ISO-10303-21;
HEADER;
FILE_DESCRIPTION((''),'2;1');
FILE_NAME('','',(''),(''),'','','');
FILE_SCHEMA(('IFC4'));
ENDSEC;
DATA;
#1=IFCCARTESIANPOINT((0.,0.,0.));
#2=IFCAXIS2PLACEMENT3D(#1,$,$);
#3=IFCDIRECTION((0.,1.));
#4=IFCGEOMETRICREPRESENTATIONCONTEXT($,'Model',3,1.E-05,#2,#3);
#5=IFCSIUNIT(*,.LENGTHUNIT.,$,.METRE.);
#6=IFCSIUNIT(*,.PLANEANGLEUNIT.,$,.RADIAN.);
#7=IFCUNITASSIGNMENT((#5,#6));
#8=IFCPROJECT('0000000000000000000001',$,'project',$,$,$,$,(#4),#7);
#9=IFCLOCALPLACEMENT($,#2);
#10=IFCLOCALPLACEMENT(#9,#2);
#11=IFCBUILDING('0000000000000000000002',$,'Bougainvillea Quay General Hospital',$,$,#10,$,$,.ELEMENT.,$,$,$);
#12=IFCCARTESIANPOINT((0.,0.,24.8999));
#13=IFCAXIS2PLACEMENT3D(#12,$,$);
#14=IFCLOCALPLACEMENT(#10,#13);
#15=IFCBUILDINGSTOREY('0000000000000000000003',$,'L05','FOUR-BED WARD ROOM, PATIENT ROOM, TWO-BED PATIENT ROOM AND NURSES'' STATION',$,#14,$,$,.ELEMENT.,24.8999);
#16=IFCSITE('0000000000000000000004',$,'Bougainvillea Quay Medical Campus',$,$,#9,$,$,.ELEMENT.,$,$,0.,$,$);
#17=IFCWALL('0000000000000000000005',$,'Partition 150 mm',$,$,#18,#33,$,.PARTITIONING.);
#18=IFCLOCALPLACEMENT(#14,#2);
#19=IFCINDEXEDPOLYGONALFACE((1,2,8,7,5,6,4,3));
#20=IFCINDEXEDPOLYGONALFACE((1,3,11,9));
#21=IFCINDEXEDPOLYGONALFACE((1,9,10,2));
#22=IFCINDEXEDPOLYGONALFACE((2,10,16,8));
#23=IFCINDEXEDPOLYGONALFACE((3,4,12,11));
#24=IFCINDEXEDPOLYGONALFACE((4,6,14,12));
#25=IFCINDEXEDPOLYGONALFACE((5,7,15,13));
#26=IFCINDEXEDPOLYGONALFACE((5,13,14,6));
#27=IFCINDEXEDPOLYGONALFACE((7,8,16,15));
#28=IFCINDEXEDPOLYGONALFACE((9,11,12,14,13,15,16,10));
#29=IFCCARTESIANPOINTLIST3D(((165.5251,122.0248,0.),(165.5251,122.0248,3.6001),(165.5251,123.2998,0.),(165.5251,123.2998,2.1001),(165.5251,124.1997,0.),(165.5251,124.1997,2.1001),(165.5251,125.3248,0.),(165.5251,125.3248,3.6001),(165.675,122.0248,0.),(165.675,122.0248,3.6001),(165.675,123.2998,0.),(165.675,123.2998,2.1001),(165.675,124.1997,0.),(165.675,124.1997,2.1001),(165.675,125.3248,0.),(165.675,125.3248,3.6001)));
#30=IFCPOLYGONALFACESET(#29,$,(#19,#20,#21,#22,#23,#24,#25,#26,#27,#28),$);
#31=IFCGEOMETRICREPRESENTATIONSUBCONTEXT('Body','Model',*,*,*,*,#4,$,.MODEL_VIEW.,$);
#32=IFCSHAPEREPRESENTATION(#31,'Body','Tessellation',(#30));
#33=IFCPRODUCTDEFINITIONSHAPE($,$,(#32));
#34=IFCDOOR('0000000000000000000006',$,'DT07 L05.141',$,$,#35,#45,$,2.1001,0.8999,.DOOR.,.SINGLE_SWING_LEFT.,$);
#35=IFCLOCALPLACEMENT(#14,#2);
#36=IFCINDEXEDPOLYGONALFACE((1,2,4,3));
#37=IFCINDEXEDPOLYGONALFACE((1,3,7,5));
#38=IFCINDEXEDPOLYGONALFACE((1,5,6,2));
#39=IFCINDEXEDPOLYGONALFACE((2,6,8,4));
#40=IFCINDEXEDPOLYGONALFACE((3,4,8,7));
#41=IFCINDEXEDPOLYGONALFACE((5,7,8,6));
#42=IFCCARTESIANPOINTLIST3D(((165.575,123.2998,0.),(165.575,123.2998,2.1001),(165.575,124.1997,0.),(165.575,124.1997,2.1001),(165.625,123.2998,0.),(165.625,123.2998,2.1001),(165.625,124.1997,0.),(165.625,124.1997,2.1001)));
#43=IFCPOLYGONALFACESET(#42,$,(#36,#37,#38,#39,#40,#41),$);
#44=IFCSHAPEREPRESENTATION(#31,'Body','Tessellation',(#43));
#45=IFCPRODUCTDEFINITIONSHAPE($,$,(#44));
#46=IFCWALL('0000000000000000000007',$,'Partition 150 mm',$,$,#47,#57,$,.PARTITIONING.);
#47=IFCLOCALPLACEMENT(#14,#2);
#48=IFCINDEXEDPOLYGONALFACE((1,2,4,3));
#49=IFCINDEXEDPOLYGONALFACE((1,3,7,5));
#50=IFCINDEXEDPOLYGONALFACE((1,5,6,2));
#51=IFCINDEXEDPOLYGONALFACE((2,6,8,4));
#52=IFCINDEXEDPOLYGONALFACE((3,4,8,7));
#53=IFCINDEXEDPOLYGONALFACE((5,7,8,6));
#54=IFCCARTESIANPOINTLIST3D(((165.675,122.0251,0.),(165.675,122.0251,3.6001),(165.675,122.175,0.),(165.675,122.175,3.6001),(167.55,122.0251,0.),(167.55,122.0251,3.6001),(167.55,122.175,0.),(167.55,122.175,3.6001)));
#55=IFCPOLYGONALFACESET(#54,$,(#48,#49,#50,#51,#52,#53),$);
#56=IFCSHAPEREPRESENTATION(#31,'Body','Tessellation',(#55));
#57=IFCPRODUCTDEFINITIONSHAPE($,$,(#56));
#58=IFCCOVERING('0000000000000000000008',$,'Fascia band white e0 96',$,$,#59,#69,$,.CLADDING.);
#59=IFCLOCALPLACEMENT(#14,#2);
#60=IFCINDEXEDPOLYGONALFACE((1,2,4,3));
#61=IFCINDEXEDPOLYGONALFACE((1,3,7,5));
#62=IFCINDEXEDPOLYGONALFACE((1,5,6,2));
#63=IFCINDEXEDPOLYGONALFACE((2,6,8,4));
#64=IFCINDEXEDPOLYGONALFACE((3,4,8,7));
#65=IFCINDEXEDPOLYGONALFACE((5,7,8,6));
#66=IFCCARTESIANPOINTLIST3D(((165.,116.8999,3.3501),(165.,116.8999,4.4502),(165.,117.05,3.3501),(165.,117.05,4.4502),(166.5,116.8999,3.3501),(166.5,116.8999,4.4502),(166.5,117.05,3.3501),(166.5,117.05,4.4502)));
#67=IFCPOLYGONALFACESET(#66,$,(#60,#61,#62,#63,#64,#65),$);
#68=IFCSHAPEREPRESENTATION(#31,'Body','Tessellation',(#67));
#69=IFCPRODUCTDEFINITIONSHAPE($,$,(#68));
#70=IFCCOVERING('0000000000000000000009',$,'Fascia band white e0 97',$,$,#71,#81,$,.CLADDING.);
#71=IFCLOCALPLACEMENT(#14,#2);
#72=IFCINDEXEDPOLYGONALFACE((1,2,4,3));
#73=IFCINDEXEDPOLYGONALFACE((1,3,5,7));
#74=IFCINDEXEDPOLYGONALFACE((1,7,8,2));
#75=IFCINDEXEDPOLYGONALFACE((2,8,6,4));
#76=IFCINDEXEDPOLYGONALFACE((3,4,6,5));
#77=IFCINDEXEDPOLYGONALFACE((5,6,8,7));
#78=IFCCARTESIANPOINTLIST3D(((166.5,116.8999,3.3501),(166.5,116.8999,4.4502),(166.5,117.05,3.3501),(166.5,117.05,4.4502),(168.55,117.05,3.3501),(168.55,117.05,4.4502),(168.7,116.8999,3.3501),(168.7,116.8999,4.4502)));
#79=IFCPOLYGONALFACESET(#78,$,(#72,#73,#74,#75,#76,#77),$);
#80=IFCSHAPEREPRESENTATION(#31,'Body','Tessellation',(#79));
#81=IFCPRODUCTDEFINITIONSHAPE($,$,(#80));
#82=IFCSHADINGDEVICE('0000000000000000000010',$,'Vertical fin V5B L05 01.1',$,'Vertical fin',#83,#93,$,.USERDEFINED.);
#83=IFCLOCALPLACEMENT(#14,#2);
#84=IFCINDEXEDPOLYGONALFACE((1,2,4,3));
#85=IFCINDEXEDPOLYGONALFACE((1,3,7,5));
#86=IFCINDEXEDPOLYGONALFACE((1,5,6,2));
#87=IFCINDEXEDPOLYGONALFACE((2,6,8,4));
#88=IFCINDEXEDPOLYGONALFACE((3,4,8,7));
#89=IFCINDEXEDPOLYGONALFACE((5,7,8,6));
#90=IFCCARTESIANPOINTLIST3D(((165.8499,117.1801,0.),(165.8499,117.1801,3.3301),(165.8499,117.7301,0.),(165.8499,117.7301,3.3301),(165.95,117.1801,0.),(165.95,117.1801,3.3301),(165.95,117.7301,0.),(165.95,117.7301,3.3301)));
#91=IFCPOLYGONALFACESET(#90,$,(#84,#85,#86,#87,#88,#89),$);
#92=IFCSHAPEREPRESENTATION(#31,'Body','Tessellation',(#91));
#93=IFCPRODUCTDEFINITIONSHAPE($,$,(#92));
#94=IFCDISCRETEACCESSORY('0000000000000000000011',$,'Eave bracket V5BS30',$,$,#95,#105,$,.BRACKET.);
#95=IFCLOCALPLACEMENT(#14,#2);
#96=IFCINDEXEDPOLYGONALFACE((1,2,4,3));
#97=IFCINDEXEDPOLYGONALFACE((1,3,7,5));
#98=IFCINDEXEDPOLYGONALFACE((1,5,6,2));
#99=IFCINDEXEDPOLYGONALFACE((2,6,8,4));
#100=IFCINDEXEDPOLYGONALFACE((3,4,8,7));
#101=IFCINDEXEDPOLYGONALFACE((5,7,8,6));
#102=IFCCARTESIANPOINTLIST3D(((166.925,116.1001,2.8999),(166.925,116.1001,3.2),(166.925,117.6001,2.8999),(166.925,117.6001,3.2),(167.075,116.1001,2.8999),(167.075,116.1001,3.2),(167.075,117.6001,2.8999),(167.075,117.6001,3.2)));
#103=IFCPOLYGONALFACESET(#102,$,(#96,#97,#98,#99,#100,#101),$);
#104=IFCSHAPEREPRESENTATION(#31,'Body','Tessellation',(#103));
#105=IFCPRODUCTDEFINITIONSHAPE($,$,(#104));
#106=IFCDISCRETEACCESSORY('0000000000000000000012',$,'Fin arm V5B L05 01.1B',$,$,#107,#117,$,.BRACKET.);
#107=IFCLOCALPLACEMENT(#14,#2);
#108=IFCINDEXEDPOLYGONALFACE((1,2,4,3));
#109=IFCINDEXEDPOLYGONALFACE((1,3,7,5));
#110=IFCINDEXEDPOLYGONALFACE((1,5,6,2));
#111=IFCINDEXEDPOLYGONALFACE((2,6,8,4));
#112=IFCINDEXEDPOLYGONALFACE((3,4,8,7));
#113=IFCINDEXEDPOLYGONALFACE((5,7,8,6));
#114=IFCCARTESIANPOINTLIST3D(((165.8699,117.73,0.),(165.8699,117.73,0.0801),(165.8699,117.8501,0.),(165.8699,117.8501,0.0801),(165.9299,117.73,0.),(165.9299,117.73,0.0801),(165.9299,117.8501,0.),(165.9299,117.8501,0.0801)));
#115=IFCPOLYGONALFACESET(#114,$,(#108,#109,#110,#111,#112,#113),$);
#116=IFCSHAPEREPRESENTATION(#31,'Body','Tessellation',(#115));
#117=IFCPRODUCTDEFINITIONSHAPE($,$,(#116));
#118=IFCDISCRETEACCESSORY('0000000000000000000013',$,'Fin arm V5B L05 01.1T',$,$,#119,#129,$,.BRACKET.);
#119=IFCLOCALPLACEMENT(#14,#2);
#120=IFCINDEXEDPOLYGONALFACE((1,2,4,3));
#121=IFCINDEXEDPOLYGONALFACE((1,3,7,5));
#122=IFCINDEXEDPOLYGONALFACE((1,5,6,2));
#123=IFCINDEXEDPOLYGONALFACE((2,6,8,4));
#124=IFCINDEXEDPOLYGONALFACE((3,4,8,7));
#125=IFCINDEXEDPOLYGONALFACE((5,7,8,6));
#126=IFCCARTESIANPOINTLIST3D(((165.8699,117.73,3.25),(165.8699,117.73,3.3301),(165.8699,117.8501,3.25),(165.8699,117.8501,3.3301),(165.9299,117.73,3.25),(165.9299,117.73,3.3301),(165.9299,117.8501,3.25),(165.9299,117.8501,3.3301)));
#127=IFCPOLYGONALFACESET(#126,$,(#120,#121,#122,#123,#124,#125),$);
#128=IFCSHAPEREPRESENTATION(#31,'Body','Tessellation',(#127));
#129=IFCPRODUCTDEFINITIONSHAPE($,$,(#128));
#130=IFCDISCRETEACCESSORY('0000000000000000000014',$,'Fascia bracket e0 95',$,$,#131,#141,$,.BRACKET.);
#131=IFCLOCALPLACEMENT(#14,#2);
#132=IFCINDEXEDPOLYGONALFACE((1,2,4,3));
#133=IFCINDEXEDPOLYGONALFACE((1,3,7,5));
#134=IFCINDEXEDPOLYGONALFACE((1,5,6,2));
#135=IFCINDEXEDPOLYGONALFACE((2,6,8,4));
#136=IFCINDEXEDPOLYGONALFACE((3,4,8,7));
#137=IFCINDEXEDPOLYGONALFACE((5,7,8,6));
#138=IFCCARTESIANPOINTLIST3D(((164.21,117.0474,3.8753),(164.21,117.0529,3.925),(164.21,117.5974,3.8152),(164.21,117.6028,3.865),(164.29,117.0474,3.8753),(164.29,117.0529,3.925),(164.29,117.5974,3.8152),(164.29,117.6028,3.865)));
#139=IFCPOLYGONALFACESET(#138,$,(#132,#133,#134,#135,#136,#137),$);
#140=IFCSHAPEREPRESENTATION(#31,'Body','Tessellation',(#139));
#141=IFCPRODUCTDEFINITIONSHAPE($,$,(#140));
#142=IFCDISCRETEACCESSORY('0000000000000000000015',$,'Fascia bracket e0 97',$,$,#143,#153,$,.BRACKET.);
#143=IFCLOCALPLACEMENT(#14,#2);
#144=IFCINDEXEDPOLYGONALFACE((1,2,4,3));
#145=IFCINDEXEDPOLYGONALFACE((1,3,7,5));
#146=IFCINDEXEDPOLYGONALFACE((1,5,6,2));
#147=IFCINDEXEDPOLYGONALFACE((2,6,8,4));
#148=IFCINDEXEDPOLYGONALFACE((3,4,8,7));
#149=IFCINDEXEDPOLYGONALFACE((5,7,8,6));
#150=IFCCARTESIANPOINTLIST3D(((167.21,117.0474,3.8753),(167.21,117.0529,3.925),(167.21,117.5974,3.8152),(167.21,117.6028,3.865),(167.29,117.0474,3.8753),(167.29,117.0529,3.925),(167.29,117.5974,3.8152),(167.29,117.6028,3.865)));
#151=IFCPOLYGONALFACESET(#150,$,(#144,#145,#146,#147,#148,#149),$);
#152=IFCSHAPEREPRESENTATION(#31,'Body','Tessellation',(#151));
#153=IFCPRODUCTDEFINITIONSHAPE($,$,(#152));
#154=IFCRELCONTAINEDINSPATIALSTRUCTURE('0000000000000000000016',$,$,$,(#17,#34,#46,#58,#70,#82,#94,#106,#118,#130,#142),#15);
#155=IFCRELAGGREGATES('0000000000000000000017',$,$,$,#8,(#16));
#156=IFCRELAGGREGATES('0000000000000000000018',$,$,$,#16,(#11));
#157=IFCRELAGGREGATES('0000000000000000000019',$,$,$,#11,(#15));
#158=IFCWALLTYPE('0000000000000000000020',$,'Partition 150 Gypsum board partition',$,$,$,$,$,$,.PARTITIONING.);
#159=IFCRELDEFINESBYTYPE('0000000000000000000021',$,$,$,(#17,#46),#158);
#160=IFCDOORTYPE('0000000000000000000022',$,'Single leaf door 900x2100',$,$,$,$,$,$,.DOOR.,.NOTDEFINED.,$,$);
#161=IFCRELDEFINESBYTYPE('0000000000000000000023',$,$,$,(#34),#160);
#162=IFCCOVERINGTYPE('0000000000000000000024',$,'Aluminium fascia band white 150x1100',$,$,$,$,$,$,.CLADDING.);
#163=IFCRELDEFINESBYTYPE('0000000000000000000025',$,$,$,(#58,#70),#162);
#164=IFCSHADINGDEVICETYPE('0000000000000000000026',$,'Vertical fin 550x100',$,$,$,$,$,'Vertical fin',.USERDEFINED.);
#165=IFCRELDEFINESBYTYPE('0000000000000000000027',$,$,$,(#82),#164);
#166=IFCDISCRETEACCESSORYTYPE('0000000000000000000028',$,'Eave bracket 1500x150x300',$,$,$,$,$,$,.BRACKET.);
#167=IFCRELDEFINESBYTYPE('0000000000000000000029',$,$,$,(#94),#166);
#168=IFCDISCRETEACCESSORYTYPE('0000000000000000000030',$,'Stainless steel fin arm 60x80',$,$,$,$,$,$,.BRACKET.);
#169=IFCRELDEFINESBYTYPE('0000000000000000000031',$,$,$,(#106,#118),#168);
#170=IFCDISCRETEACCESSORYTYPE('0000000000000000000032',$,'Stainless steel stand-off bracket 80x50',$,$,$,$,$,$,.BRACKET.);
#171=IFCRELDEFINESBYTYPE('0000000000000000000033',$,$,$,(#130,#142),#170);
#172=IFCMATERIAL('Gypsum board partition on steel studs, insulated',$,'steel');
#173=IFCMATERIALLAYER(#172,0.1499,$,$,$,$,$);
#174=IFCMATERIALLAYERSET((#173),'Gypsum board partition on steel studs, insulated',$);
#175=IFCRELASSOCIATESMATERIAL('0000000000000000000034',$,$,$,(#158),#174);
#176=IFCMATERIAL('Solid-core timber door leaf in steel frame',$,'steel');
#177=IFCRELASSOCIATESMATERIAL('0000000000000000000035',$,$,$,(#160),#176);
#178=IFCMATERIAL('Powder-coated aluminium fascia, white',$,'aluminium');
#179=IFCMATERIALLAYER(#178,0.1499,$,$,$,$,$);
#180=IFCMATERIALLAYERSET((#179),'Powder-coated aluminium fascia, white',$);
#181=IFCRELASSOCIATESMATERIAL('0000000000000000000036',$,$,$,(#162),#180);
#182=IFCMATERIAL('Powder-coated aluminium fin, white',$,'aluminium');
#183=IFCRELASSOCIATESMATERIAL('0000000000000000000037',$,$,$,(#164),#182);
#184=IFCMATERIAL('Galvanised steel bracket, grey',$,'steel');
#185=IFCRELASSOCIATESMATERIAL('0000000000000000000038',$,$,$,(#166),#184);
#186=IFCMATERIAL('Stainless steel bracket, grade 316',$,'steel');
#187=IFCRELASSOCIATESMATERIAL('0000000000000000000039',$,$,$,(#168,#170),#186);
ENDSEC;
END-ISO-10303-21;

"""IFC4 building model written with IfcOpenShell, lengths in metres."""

from ifc_helpers import new_model, si_unit, direction, frame, frame_2d, origin, origin_2d, place, context, subcontext, project, spatial, polyline, rectangle, outline, extrude, material, layer, layer_set, material_profile, profile_set, type_object, element, fill, save


model = new_model("IFC4")

# Units and contexts
model_context = context("Model", 3, precision=1e-05, world=origin(), true_north=direction((0.0, 1.0)))
body_context = subcontext(model_context, "Body", "Model", "MODEL_VIEW")
ifc_project = project(units=[si_unit("LENGTHUNIT", "METRE"), si_unit("PLANEANGLEUNIT", "RADIAN")], contexts=[model_context])

# Site, building, storey
site_placement = place(None, origin())
site = spatial("IfcSite", under=ifc_project, at=site_placement, Name="Bougainvillea Quay Medical Campus", CompositionType="ELEMENT", RefElevation=0.0)
building_placement = place(site_placement, origin())
building = spatial("IfcBuilding", under=site, at=building_placement, Name="Bougainvillea Quay General Hospital", CompositionType="ELEMENT")
storey_placement = place(building_placement, frame((0.0, 0.0, 24.8999)))
storey = spatial("IfcBuildingStorey", under=building, at=storey_placement, Name="L05", Description="FOUR-BED WARD ROOM, PATIENT ROOM, TWO-BED PATIENT ROOM AND NURSES' STATION", CompositionType="ELEMENT", Elevation=24.8999)

# Wall, opening, door
ifc_material_1 = material(Name="Gypsum board partition on steel studs, insulated", Category="steel")
ifc_layer_1 = layer(ifc_material_1, 0.1499)
ifc_layer_set_1 = layer_set([ifc_layer_1], Name="Gypsum board partition on steel studs, insulated")
wall_type = type_object("IfcWallType", Name="Partition 150 Gypsum board partition", PredefinedType="PARTITIONING", material=ifc_layer_set_1)
wall_1_placement = place(storey_placement, frame((165.6001, 122.0249, 0.0), z_axis=(0.0, 0.0, 1.0), x_axis=(0.0, 1.0, 0.0)))
wall_1 = element("IfcWall", 1, at=wall_1_placement, inside=storey, type_object=wall_type, Name="Partition 150 mm", PredefinedType="PARTITIONING", context=body_context, shape_type="SweptSolid", body=[
    extrude(rectangle(XDim=3.3, YDim=0.1499, at=frame_2d((1.6499, 0.0))), origin(), (0.0, 0.0, 1.0), 3.6001),
])
opening_placement = place(wall_1_placement, frame((1.2749, 0.0, 0.0)))
opening = element("IfcOpeningElement", 2, at=opening_placement, cuts=wall_1, PredefinedType="OPENING", context=body_context, shape_type="SweptSolid", body=[
    extrude(rectangle(XDim=0.8999, YDim=2.1001, at=frame_2d((0.45, 1.05))), frame((0.0, 0.085, 0.0), z_axis=(0.0, -1.0, 0.0), x_axis=(1.0, 0.0, 0.0)), (0.0, 0.0, 1.0), 0.1699),
])
ifc_material_2 = material(Name="Solid-core timber door leaf in steel frame", Category="steel")
door_type = type_object("IfcDoorType", Name="Single leaf door 900x2100", OperationType="NOTDEFINED", PredefinedType="DOOR", material=ifc_material_2)
door_placement = place(opening_placement, frame((0.8999, 0.0, 0.0), z_axis=(0.0, 0.0, 1.0), x_axis=(-1.0, 0.0, 0.0)))
door = element("IfcDoor", 3, at=door_placement, inside=storey, type_object=door_type, Name="DT07 L05.141", OperationType="SINGLE_SWING_LEFT", OverallHeight=2.1001, OverallWidth=0.8999, PredefinedType="DOOR", context=body_context, shape_type="SweptSolid", body=[
    extrude(rectangle(XDim=0.8999, YDim=2.1001, at=frame_2d((0.45, 1.05))), frame((0.0, 0.0249, 0.0), z_axis=(0.0, -1.0, 0.0), x_axis=(1.0, 0.0, 0.0)), (0.0, 0.0, 1.0), 0.05),
])
fill(opening, door)

# Wall
wall_2_placement = place(storey_placement, frame((165.675, 122.1001, 0.0), z_axis=(0.0, 0.0, 1.0), x_axis=(1.0, 0.0, 0.0)))
element("IfcWall", 4, at=wall_2_placement, inside=storey, type_object=wall_type, Name="Partition 150 mm", PredefinedType="PARTITIONING", context=body_context, shape_type="SweptSolid", body=[
    extrude(rectangle(XDim=1.875, YDim=0.1499, at=frame_2d((0.9375, 0.0))), origin(), (0.0, 0.0, 1.0), 3.6001),
])

# Coverings
ifc_material_3 = material(Name="Powder-coated aluminium fascia, white", Category="aluminium")
ifc_layer_2 = layer(ifc_material_3, 0.1499)
ifc_layer_set_2 = layer_set([ifc_layer_2], Name="Powder-coated aluminium fascia, white")
covering_type = type_object("IfcCoveringType", Name="Aluminium fascia band white 150x1100", PredefinedType="CLADDING", material=ifc_layer_set_2)
covering_1_placement = place(storey_placement, frame((165.0, 117.05, 3.3501), z_axis=(0.0, 0.0, 1.0), x_axis=(1.0, 0.0, 0.0)))
element("IfcCovering", 5, at=covering_1_placement, inside=storey, type_object=covering_type, Name="Fascia band white e0 96", PredefinedType="CLADDING", context=body_context, shape_type="SweptSolid", body=[
    extrude(outline(polyline([(0.0, 0.0), (1.5, 0.0), (1.5, -0.1501), (0.0, -0.1501), (0.0, 0.0)])), origin(), (0.0, 0.0, 1.0), 1.1001),
])
covering_2_placement = place(storey_placement, frame((166.5, 117.05, 3.3501), z_axis=(0.0, 0.0, 1.0), x_axis=(1.0, 0.0, 0.0)))
element("IfcCovering", 6, at=covering_2_placement, inside=storey, type_object=covering_type, Name="Fascia band white e0 97", PredefinedType="CLADDING", context=body_context, shape_type="SweptSolid", body=[
    extrude(outline(polyline([(0.0, 0.0), (2.05, 0.0), (2.2, -0.1501), (0.0, -0.1501), (0.0, 0.0)])), origin(), (0.0, 0.0, 1.0), 1.1001),
])

# Shading device
ifc_material_4 = material(Name="Powder-coated aluminium fin, white", Category="aluminium")
ifc_material_profile_1 = material_profile(ifc_material_4, rectangle(XDim=0.55, YDim=0.1001, at=origin_2d()))
ifc_profile_set_1 = profile_set([ifc_material_profile_1], Name="Powder-coated aluminium fin, white")
shading_device_type = type_object("IfcShadingDeviceType", Name="Vertical fin 550x100", ElementType="Vertical fin", PredefinedType="USERDEFINED", material=ifc_profile_set_1)
shading_device_placement = place(storey_placement, frame((165.8999, 117.4551, 0.0), z_axis=(0.0, 0.0, 1.0), x_axis=(0.0, -1.0, 0.0)))
element("IfcShadingDevice", 7, at=shading_device_placement, inside=storey, type_object=shading_device_type, Name="Vertical fin V5B L05 01.1", ObjectType="Vertical fin", PredefinedType="USERDEFINED", context=body_context, shape_type="SweptSolid", body=[
    extrude(rectangle(XDim=0.55, YDim=0.1001, at=origin_2d()), origin(), (0.0, 0.0, 1.0), 3.3301),
])

# Discrete accessories
ifc_material_5 = material(Name="Galvanised steel bracket, grey", Category="steel")
discrete_accessory_type_1 = type_object("IfcDiscreteAccessoryType", Name="Eave bracket 1500x150x300", PredefinedType="BRACKET", material=ifc_material_5)
discrete_accessory_placement = place(storey_placement, frame((167.0, 116.8501, 2.8999), z_axis=(0.0, 0.0, 1.0), x_axis=(1.0, 0.0, 0.0)))
element("IfcDiscreteAccessory", 8, at=discrete_accessory_placement, inside=storey, type_object=discrete_accessory_type_1, Name="Eave bracket V5BS30", PredefinedType="BRACKET", context=body_context, shape_type="SweptSolid", body=[
    extrude(rectangle(XDim=0.1499, YDim=1.5, at=origin_2d()), origin(), (0.0, 0.0, 1.0), 0.3),
])
ifc_material_6 = material(Name="Stainless steel bracket, grade 316", Category="steel")
discrete_accessory_type_2 = type_object("IfcDiscreteAccessoryType", Name="Stainless steel fin arm 60x80", PredefinedType="BRACKET", material=ifc_material_6)
for number, where, z_axis, x_axis, name in (
    (9, (165.8999, 117.79, 0.0), (0.0, 0.0, 1.0), (0.0, -1.0, 0.0), "Fin arm V5B L05 01.1B"),
    (10, (165.8999, 117.79, 3.25), (0.0, 0.0, 1.0), (0.0, -1.0, 0.0), "Fin arm V5B L05 01.1T"),
):
    element("IfcDiscreteAccessory", number, at=place(storey_placement, frame(where, z_axis=z_axis, x_axis=x_axis)), inside=storey, type_object=discrete_accessory_type_2, Name=name, PredefinedType="BRACKET", context=body_context, shape_type="SweptSolid", body=[
        extrude(rectangle(XDim=0.1201, YDim=0.0601, at=origin_2d()), origin(), (0.0, 0.0, 1.0), 0.0801),
    ])
ifc_material_profile_2 = material_profile(ifc_material_6, rectangle(XDim=0.0801, YDim=0.05, at=origin_2d()))
ifc_profile_set_2 = profile_set([ifc_material_profile_2], Name="Stainless steel bracket, grade 316")
discrete_accessory_type_3 = type_object("IfcDiscreteAccessoryType", Name="Stainless steel stand-off bracket 80x50", PredefinedType="BRACKET", material=ifc_profile_set_2)
for number, where, z_axis, x_axis, name in (
    (11, (164.25, 117.6001, 3.8401), (0.0, -0.994092, 0.108543), (1.0, 0.0, 0.0), "Fascia bracket e0 95"),
    (12, (167.25, 117.6001, 3.8401), (0.0, -0.994092, 0.108543), (1.0, 0.0, 0.0), "Fascia bracket e0 97"),
):
    element("IfcDiscreteAccessory", number, at=place(storey_placement, frame(where, z_axis=z_axis, x_axis=x_axis)), inside=storey, type_object=discrete_accessory_type_3, Name=name, PredefinedType="BRACKET", context=body_context, shape_type="SweptSolid", body=[
        extrude(rectangle(XDim=0.0801, YDim=0.05, at=origin_2d()), origin(), (0.0, 0.0, 1.0), 0.5532),
    ])

save(model, "model.ifc")
